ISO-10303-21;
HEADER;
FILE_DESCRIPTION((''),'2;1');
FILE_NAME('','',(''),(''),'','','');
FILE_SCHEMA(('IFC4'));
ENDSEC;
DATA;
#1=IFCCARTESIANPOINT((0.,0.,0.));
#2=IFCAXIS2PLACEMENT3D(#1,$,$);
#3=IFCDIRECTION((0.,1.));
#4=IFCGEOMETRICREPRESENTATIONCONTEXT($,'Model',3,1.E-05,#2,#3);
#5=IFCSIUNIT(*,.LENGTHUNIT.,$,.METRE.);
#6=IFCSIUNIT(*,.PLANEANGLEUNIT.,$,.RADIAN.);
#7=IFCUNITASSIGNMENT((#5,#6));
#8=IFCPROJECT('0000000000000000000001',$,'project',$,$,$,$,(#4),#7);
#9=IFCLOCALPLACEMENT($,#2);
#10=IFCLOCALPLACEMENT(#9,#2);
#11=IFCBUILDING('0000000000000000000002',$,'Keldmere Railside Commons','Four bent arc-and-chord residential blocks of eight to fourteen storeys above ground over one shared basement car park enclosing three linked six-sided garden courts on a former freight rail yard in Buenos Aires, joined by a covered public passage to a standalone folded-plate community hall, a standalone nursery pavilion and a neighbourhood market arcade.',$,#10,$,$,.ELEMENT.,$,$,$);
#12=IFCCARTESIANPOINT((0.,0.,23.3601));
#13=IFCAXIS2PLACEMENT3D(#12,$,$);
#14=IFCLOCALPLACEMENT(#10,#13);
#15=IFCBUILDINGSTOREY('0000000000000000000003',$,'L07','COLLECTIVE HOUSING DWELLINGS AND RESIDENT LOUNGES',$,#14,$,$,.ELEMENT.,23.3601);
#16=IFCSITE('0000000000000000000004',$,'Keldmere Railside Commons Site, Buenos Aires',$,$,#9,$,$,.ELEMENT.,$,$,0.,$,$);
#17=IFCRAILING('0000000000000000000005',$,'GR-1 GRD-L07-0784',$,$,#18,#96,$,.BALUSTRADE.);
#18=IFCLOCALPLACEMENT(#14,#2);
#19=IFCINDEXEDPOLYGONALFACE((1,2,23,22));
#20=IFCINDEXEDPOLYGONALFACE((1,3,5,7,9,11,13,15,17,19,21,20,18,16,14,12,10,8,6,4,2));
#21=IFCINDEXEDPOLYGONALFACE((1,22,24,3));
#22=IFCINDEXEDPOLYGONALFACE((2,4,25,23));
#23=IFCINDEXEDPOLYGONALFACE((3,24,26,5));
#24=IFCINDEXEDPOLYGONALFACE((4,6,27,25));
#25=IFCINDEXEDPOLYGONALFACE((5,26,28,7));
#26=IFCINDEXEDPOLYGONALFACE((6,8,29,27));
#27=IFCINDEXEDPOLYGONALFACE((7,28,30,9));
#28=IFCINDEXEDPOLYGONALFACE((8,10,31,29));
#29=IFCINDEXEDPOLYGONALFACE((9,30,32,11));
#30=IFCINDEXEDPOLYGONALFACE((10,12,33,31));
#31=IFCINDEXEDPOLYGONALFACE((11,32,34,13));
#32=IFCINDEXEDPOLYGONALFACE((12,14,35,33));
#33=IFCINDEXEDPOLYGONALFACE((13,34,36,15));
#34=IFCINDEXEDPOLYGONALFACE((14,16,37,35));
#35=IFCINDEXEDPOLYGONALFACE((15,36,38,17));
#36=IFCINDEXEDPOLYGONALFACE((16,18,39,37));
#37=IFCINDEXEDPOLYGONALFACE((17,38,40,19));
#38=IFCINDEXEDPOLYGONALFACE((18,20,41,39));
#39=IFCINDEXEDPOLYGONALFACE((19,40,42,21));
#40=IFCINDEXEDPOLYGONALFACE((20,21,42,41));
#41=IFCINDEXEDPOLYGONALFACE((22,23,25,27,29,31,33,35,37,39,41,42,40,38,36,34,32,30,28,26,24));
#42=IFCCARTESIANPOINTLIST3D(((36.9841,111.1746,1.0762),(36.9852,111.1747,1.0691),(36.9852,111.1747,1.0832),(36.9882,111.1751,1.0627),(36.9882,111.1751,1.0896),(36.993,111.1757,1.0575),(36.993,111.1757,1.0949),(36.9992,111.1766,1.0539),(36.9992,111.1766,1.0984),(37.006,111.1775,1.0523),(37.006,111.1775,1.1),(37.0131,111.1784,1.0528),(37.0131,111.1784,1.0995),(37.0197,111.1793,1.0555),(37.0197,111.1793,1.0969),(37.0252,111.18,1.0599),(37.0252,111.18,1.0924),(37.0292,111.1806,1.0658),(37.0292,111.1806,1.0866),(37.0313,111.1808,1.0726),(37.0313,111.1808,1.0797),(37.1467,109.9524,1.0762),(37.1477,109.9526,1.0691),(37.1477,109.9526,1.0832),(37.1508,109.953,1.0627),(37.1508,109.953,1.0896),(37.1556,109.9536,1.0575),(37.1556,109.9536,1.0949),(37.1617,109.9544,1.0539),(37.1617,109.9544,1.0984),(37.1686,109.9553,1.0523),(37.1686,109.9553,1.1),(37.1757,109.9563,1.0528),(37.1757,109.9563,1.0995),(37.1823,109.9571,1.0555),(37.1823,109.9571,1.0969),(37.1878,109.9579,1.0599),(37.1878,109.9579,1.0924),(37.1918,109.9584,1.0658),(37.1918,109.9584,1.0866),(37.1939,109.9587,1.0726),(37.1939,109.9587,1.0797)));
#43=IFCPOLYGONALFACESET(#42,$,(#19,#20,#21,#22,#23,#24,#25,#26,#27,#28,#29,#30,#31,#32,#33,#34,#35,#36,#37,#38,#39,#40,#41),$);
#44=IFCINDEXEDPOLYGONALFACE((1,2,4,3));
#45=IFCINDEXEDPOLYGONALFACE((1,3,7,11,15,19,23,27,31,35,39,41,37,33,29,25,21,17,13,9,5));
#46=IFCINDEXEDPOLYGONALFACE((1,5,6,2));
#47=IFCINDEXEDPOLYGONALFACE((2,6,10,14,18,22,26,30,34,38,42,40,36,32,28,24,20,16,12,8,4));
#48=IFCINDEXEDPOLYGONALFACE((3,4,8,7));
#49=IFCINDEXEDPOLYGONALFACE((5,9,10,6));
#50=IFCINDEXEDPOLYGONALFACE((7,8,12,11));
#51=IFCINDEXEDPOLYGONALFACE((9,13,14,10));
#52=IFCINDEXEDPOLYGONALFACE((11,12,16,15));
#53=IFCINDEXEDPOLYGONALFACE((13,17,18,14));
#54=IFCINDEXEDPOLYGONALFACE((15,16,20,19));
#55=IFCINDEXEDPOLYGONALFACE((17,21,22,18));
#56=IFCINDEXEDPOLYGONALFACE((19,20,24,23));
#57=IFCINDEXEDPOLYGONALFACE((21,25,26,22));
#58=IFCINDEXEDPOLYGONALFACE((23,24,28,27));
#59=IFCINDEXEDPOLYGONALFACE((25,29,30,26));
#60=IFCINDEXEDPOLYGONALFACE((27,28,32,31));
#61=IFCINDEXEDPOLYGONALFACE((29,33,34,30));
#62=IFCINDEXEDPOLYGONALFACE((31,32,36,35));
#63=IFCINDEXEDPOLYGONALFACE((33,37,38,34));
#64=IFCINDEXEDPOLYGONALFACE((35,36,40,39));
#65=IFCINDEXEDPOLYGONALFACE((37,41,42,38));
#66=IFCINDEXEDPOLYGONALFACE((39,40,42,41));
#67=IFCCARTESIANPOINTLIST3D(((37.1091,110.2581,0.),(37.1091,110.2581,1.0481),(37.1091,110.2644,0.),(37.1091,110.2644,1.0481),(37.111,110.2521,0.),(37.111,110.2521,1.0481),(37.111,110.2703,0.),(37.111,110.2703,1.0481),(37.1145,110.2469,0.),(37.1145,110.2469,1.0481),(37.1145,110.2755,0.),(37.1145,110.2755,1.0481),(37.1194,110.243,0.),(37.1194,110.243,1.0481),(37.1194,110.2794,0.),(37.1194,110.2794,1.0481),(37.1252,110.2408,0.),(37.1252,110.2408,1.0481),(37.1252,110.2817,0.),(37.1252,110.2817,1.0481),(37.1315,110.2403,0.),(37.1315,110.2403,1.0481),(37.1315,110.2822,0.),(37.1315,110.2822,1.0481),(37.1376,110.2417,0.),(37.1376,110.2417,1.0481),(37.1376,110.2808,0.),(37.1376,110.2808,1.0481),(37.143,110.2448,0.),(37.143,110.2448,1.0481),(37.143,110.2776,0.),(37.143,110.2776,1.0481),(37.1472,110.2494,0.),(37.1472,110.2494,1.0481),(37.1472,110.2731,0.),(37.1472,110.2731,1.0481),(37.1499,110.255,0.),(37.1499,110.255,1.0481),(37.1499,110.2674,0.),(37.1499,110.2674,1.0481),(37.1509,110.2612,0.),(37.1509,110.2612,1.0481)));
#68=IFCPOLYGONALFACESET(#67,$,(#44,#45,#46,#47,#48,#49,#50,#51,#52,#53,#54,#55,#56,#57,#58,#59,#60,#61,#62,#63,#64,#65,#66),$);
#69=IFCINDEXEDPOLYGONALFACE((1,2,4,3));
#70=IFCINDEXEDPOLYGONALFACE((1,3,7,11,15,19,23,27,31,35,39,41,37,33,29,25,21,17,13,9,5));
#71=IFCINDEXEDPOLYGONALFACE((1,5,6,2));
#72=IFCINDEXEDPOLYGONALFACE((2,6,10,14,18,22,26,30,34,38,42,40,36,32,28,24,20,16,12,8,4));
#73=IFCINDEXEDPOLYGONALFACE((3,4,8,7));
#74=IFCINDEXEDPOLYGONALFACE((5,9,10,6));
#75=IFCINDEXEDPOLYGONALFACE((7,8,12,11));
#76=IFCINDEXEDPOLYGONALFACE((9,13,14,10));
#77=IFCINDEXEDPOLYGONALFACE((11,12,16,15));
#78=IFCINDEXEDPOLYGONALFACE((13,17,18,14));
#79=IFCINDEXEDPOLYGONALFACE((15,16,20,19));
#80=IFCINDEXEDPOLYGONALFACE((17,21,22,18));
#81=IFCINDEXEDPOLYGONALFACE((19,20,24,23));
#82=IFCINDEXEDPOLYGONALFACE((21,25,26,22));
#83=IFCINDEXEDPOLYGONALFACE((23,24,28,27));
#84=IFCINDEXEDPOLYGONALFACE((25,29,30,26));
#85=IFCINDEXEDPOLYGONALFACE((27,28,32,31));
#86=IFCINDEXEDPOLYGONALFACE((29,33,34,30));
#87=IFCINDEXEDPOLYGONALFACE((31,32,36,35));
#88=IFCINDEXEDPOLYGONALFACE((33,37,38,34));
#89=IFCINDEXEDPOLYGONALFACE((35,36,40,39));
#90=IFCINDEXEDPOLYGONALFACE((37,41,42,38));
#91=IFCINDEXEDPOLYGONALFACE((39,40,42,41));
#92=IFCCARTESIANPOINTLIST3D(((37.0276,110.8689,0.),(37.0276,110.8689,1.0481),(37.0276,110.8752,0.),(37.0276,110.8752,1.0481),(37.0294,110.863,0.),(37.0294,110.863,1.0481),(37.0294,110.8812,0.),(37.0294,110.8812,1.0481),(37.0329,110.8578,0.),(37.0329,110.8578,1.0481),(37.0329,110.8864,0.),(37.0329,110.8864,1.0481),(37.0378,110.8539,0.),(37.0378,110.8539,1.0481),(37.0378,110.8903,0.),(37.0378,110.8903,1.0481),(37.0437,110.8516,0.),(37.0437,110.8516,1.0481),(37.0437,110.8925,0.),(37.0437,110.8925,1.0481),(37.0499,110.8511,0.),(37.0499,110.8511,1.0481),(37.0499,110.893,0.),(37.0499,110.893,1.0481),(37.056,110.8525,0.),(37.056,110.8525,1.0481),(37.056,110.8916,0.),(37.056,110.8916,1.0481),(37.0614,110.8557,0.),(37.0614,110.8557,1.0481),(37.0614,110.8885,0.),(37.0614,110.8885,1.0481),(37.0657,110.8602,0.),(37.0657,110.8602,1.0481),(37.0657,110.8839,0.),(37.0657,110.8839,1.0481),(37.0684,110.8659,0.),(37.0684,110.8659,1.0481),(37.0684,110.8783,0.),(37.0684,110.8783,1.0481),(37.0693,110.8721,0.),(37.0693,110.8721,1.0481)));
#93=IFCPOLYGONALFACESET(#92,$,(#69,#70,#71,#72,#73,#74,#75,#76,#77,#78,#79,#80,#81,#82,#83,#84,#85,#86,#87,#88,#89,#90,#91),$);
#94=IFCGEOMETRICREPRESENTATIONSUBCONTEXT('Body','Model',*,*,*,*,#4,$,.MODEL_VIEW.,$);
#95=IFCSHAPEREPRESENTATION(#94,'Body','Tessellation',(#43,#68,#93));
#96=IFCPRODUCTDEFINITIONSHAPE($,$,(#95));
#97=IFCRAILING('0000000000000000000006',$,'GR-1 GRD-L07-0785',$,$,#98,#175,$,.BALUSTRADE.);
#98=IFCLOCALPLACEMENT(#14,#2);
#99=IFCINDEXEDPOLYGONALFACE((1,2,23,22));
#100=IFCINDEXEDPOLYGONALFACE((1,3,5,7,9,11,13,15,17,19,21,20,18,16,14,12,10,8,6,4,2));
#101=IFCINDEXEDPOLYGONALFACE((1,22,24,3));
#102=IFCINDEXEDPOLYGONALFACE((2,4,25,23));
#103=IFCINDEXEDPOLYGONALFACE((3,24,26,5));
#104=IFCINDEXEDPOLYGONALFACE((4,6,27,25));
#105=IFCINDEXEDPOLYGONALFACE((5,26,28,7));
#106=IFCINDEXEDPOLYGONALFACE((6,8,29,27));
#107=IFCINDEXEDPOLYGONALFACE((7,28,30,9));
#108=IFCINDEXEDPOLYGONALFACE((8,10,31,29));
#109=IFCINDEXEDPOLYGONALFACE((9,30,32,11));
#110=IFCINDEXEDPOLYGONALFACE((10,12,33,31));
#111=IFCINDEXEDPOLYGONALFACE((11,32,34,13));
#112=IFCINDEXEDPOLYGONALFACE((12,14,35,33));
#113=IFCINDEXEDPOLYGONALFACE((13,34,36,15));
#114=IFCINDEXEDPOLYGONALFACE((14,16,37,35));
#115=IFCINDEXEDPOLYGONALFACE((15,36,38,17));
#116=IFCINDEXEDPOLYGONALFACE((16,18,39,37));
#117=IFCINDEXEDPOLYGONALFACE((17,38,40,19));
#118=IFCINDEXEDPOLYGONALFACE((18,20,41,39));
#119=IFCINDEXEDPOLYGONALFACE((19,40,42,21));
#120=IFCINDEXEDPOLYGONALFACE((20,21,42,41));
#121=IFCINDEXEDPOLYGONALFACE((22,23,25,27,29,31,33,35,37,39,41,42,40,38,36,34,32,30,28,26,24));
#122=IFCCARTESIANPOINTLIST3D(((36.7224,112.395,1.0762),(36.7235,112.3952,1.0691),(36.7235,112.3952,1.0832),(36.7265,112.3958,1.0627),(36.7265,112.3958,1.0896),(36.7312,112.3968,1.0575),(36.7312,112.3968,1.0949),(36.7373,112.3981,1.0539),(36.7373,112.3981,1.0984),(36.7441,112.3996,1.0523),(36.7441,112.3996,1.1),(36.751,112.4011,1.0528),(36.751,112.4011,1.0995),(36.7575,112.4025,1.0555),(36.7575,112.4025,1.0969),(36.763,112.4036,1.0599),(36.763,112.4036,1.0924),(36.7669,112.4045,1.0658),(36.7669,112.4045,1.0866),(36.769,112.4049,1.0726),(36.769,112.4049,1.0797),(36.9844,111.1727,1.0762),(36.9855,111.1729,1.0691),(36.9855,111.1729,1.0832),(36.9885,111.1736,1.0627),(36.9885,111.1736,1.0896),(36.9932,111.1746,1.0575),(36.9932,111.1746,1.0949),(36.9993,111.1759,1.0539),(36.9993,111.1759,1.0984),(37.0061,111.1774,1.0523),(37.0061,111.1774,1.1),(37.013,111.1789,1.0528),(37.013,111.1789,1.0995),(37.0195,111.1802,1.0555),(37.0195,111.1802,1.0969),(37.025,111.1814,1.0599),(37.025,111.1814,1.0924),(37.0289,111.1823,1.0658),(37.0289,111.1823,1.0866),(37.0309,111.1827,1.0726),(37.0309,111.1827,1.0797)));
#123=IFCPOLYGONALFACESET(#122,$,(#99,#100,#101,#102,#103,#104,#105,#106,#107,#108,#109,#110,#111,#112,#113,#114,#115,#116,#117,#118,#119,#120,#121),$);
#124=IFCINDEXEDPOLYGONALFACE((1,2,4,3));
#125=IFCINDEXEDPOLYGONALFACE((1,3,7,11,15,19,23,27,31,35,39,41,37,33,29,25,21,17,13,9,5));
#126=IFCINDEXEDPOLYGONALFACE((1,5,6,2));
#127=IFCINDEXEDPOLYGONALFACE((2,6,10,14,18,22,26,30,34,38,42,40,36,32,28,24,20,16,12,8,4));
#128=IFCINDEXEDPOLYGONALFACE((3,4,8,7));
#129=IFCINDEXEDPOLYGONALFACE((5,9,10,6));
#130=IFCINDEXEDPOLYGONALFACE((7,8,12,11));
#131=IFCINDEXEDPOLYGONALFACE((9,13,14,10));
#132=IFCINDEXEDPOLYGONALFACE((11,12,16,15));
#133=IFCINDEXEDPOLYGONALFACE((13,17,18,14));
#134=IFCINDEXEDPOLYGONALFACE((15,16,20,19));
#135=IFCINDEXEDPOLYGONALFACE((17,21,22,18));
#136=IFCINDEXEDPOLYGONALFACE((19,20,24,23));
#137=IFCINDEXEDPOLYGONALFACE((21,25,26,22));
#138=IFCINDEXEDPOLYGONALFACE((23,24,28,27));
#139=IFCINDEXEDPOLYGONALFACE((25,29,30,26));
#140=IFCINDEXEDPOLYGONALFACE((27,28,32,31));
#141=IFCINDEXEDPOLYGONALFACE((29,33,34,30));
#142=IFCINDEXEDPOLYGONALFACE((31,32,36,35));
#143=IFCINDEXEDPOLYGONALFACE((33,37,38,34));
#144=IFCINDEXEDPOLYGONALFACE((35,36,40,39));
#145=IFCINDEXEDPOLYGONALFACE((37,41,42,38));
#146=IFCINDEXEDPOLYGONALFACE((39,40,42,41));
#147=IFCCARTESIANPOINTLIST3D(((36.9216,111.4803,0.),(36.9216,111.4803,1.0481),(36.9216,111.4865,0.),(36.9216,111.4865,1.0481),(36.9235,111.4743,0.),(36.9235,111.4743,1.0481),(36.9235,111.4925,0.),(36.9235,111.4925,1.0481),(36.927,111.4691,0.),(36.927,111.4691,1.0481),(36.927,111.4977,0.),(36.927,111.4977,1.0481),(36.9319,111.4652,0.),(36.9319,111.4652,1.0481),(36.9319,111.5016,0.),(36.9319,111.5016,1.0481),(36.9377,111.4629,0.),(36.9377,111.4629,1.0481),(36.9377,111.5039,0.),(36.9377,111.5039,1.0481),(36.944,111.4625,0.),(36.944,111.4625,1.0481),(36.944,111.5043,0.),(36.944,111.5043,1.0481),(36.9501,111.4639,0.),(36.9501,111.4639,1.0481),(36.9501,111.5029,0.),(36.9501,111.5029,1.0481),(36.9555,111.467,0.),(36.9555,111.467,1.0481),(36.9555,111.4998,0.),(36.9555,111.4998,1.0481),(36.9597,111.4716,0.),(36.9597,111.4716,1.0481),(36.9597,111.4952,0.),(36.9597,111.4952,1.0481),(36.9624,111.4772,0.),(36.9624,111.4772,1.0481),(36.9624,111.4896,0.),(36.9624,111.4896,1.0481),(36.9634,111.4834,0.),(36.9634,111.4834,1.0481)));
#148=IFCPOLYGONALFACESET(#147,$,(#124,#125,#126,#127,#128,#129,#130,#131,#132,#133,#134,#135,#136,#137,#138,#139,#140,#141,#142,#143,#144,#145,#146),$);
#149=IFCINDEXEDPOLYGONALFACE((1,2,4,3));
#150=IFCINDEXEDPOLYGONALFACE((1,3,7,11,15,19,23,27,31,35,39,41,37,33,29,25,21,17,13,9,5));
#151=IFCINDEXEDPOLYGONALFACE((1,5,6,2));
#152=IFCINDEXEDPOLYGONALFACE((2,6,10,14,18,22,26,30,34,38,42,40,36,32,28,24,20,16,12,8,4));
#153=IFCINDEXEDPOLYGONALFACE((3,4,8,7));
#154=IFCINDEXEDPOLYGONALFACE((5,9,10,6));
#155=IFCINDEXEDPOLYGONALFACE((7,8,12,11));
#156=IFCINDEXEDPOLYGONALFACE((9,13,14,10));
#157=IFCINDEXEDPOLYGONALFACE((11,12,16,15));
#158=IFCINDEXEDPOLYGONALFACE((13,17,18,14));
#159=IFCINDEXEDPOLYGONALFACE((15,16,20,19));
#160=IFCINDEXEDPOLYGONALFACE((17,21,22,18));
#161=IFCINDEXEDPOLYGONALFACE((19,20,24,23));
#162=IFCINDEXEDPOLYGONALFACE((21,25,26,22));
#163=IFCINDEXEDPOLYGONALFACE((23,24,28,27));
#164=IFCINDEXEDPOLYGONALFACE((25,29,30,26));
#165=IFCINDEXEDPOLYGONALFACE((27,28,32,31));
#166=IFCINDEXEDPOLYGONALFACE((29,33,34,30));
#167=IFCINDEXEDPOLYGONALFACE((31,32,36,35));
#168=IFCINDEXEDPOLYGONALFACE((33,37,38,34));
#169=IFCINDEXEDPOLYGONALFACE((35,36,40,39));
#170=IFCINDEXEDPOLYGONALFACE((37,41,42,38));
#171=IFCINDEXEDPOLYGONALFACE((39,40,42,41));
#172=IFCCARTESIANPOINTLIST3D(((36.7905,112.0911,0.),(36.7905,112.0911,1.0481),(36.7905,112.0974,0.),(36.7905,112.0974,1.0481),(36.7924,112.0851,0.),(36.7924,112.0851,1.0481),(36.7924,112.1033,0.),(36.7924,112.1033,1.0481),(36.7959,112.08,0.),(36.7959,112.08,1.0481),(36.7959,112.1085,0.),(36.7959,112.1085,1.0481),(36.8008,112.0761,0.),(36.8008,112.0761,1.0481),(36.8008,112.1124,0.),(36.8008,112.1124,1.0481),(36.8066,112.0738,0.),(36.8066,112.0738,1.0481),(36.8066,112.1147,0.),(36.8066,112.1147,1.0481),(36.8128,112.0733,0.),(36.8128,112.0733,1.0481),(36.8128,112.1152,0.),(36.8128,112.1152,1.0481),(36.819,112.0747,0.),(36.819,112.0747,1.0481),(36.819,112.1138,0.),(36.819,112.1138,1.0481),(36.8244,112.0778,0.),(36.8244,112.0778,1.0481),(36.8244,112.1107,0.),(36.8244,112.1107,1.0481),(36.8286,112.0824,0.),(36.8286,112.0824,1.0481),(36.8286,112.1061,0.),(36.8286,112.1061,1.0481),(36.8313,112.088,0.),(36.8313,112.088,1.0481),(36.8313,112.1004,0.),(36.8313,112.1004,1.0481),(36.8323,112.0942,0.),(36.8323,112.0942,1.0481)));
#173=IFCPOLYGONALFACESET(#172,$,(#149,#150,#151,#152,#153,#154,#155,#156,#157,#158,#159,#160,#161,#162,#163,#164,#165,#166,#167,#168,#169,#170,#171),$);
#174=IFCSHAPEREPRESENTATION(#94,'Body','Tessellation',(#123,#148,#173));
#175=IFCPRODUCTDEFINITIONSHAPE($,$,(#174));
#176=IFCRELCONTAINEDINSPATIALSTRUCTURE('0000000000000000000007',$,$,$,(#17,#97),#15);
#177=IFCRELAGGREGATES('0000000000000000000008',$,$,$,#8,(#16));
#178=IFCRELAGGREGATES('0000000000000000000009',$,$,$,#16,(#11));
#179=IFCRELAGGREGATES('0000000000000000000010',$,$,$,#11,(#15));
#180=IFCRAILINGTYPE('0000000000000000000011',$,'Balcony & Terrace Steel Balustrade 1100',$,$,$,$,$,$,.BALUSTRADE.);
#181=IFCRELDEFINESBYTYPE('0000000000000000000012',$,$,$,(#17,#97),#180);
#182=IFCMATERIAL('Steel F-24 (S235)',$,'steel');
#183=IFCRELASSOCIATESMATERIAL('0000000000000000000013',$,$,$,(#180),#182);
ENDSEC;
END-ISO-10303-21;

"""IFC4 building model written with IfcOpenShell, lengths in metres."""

from ifc_helpers import new_model, si_unit, direction, frame, origin, origin_2d, place, context, subcontext, project, spatial, circle, extrude, material, type_object, element, save


model = new_model("IFC4")

# Units and contexts
model_context = context("Model", 3, precision=1e-05, world=origin(), true_north=direction((0.0, 1.0)))
body_context = subcontext(model_context, "Body", "Model", "MODEL_VIEW")
ifc_project = project(units=[si_unit("LENGTHUNIT", "METRE"), si_unit("PLANEANGLEUNIT", "RADIAN")], contexts=[model_context])

# Site, building, storey
site_placement = place(None, origin())
site = spatial("IfcSite", under=ifc_project, at=site_placement, Name="Keldmere Railside Commons Site, Buenos Aires", CompositionType="ELEMENT", RefElevation=0.0)
building_placement = place(site_placement, origin())
building = spatial("IfcBuilding", under=site, at=building_placement, Name="Keldmere Railside Commons", Description="Four bent arc-and-chord residential blocks of eight to fourteen storeys above ground over one shared basement car park enclosing three linked six-sided garden courts on a former freight rail yard in Buenos Aires, joined by a covered public passage to a standalone folded-plate community hall, a standalone nursery pavilion and a neighbourhood market arcade.", CompositionType="ELEMENT")
storey_placement = place(building_placement, frame((0.0, 0.0, 23.3601)))
storey = spatial("IfcBuildingStorey", under=building, at=storey_placement, Name="L07", Description="COLLECTIVE HOUSING DWELLINGS AND RESIDENT LOUNGES", CompositionType="ELEMENT", Elevation=23.3601)

# Railings
ifc_material_1 = material(Name="Steel F-24 (S235)", Category="steel")
railing_type = type_object("IfcRailingType", Name="Balcony & Terrace Steel Balustrade 1100", PredefinedType="BALUSTRADE", material=ifc_material_1)
railing_1_placement = place(storey_placement, frame((37.1704, 109.9556, 0.0)))
element("IfcRailing", 1, at=railing_1_placement, inside=storey, type_object=railing_type, Name="GR-1 GRD-L07-0784", PredefinedType="BALUSTRADE", context=body_context, shape_type="SweptSolid", body=[
    extrude(circle(Radius=0.0239, at=origin_2d()), frame((0.0, 0.0, 1.0762), z_axis=(-0.131878, 0.991266, 0.0), x_axis=(-0.991266, -0.131878, 0.0)), (0.0, 0.0, 1.0), 1.2329),
    extrude(circle(Radius=0.021, at=origin_2d()), frame((-0.0405, 0.3057, 0.0)), (0.0, 0.0, 1.0), 1.0481),
    extrude(circle(Radius=0.021, at=origin_2d()), frame((-0.1221, 0.9165, 0.0)), (0.0, 0.0, 1.0), 1.0481),
])
railing_2_placement = place(storey_placement, frame((37.0078, 111.1777, 0.0)))
element("IfcRailing", 2, at=railing_2_placement, inside=storey, type_object=railing_type, Name="GR-1 GRD-L07-0785", PredefinedType="BALUSTRADE", context=body_context, shape_type="SweptSolid", body=[
    extrude(circle(Radius=0.0239, at=origin_2d()), frame((0.0, 0.0, 1.0762), z_axis=(-0.209582, 0.977791, 0.0), x_axis=(-0.977791, -0.209582, 0.0)), (0.0, 0.0, 1.0), 1.25),
    extrude(circle(Radius=0.021, at=origin_2d()), frame((-0.0654, 0.3057, 0.0)), (0.0, 0.0, 1.0), 1.0481),
    extrude(circle(Radius=0.021, at=origin_2d()), frame((-0.1965, 0.9165, 0.0)), (0.0, 0.0, 1.0), 1.0481),
])

save(model, "model.ifc")
